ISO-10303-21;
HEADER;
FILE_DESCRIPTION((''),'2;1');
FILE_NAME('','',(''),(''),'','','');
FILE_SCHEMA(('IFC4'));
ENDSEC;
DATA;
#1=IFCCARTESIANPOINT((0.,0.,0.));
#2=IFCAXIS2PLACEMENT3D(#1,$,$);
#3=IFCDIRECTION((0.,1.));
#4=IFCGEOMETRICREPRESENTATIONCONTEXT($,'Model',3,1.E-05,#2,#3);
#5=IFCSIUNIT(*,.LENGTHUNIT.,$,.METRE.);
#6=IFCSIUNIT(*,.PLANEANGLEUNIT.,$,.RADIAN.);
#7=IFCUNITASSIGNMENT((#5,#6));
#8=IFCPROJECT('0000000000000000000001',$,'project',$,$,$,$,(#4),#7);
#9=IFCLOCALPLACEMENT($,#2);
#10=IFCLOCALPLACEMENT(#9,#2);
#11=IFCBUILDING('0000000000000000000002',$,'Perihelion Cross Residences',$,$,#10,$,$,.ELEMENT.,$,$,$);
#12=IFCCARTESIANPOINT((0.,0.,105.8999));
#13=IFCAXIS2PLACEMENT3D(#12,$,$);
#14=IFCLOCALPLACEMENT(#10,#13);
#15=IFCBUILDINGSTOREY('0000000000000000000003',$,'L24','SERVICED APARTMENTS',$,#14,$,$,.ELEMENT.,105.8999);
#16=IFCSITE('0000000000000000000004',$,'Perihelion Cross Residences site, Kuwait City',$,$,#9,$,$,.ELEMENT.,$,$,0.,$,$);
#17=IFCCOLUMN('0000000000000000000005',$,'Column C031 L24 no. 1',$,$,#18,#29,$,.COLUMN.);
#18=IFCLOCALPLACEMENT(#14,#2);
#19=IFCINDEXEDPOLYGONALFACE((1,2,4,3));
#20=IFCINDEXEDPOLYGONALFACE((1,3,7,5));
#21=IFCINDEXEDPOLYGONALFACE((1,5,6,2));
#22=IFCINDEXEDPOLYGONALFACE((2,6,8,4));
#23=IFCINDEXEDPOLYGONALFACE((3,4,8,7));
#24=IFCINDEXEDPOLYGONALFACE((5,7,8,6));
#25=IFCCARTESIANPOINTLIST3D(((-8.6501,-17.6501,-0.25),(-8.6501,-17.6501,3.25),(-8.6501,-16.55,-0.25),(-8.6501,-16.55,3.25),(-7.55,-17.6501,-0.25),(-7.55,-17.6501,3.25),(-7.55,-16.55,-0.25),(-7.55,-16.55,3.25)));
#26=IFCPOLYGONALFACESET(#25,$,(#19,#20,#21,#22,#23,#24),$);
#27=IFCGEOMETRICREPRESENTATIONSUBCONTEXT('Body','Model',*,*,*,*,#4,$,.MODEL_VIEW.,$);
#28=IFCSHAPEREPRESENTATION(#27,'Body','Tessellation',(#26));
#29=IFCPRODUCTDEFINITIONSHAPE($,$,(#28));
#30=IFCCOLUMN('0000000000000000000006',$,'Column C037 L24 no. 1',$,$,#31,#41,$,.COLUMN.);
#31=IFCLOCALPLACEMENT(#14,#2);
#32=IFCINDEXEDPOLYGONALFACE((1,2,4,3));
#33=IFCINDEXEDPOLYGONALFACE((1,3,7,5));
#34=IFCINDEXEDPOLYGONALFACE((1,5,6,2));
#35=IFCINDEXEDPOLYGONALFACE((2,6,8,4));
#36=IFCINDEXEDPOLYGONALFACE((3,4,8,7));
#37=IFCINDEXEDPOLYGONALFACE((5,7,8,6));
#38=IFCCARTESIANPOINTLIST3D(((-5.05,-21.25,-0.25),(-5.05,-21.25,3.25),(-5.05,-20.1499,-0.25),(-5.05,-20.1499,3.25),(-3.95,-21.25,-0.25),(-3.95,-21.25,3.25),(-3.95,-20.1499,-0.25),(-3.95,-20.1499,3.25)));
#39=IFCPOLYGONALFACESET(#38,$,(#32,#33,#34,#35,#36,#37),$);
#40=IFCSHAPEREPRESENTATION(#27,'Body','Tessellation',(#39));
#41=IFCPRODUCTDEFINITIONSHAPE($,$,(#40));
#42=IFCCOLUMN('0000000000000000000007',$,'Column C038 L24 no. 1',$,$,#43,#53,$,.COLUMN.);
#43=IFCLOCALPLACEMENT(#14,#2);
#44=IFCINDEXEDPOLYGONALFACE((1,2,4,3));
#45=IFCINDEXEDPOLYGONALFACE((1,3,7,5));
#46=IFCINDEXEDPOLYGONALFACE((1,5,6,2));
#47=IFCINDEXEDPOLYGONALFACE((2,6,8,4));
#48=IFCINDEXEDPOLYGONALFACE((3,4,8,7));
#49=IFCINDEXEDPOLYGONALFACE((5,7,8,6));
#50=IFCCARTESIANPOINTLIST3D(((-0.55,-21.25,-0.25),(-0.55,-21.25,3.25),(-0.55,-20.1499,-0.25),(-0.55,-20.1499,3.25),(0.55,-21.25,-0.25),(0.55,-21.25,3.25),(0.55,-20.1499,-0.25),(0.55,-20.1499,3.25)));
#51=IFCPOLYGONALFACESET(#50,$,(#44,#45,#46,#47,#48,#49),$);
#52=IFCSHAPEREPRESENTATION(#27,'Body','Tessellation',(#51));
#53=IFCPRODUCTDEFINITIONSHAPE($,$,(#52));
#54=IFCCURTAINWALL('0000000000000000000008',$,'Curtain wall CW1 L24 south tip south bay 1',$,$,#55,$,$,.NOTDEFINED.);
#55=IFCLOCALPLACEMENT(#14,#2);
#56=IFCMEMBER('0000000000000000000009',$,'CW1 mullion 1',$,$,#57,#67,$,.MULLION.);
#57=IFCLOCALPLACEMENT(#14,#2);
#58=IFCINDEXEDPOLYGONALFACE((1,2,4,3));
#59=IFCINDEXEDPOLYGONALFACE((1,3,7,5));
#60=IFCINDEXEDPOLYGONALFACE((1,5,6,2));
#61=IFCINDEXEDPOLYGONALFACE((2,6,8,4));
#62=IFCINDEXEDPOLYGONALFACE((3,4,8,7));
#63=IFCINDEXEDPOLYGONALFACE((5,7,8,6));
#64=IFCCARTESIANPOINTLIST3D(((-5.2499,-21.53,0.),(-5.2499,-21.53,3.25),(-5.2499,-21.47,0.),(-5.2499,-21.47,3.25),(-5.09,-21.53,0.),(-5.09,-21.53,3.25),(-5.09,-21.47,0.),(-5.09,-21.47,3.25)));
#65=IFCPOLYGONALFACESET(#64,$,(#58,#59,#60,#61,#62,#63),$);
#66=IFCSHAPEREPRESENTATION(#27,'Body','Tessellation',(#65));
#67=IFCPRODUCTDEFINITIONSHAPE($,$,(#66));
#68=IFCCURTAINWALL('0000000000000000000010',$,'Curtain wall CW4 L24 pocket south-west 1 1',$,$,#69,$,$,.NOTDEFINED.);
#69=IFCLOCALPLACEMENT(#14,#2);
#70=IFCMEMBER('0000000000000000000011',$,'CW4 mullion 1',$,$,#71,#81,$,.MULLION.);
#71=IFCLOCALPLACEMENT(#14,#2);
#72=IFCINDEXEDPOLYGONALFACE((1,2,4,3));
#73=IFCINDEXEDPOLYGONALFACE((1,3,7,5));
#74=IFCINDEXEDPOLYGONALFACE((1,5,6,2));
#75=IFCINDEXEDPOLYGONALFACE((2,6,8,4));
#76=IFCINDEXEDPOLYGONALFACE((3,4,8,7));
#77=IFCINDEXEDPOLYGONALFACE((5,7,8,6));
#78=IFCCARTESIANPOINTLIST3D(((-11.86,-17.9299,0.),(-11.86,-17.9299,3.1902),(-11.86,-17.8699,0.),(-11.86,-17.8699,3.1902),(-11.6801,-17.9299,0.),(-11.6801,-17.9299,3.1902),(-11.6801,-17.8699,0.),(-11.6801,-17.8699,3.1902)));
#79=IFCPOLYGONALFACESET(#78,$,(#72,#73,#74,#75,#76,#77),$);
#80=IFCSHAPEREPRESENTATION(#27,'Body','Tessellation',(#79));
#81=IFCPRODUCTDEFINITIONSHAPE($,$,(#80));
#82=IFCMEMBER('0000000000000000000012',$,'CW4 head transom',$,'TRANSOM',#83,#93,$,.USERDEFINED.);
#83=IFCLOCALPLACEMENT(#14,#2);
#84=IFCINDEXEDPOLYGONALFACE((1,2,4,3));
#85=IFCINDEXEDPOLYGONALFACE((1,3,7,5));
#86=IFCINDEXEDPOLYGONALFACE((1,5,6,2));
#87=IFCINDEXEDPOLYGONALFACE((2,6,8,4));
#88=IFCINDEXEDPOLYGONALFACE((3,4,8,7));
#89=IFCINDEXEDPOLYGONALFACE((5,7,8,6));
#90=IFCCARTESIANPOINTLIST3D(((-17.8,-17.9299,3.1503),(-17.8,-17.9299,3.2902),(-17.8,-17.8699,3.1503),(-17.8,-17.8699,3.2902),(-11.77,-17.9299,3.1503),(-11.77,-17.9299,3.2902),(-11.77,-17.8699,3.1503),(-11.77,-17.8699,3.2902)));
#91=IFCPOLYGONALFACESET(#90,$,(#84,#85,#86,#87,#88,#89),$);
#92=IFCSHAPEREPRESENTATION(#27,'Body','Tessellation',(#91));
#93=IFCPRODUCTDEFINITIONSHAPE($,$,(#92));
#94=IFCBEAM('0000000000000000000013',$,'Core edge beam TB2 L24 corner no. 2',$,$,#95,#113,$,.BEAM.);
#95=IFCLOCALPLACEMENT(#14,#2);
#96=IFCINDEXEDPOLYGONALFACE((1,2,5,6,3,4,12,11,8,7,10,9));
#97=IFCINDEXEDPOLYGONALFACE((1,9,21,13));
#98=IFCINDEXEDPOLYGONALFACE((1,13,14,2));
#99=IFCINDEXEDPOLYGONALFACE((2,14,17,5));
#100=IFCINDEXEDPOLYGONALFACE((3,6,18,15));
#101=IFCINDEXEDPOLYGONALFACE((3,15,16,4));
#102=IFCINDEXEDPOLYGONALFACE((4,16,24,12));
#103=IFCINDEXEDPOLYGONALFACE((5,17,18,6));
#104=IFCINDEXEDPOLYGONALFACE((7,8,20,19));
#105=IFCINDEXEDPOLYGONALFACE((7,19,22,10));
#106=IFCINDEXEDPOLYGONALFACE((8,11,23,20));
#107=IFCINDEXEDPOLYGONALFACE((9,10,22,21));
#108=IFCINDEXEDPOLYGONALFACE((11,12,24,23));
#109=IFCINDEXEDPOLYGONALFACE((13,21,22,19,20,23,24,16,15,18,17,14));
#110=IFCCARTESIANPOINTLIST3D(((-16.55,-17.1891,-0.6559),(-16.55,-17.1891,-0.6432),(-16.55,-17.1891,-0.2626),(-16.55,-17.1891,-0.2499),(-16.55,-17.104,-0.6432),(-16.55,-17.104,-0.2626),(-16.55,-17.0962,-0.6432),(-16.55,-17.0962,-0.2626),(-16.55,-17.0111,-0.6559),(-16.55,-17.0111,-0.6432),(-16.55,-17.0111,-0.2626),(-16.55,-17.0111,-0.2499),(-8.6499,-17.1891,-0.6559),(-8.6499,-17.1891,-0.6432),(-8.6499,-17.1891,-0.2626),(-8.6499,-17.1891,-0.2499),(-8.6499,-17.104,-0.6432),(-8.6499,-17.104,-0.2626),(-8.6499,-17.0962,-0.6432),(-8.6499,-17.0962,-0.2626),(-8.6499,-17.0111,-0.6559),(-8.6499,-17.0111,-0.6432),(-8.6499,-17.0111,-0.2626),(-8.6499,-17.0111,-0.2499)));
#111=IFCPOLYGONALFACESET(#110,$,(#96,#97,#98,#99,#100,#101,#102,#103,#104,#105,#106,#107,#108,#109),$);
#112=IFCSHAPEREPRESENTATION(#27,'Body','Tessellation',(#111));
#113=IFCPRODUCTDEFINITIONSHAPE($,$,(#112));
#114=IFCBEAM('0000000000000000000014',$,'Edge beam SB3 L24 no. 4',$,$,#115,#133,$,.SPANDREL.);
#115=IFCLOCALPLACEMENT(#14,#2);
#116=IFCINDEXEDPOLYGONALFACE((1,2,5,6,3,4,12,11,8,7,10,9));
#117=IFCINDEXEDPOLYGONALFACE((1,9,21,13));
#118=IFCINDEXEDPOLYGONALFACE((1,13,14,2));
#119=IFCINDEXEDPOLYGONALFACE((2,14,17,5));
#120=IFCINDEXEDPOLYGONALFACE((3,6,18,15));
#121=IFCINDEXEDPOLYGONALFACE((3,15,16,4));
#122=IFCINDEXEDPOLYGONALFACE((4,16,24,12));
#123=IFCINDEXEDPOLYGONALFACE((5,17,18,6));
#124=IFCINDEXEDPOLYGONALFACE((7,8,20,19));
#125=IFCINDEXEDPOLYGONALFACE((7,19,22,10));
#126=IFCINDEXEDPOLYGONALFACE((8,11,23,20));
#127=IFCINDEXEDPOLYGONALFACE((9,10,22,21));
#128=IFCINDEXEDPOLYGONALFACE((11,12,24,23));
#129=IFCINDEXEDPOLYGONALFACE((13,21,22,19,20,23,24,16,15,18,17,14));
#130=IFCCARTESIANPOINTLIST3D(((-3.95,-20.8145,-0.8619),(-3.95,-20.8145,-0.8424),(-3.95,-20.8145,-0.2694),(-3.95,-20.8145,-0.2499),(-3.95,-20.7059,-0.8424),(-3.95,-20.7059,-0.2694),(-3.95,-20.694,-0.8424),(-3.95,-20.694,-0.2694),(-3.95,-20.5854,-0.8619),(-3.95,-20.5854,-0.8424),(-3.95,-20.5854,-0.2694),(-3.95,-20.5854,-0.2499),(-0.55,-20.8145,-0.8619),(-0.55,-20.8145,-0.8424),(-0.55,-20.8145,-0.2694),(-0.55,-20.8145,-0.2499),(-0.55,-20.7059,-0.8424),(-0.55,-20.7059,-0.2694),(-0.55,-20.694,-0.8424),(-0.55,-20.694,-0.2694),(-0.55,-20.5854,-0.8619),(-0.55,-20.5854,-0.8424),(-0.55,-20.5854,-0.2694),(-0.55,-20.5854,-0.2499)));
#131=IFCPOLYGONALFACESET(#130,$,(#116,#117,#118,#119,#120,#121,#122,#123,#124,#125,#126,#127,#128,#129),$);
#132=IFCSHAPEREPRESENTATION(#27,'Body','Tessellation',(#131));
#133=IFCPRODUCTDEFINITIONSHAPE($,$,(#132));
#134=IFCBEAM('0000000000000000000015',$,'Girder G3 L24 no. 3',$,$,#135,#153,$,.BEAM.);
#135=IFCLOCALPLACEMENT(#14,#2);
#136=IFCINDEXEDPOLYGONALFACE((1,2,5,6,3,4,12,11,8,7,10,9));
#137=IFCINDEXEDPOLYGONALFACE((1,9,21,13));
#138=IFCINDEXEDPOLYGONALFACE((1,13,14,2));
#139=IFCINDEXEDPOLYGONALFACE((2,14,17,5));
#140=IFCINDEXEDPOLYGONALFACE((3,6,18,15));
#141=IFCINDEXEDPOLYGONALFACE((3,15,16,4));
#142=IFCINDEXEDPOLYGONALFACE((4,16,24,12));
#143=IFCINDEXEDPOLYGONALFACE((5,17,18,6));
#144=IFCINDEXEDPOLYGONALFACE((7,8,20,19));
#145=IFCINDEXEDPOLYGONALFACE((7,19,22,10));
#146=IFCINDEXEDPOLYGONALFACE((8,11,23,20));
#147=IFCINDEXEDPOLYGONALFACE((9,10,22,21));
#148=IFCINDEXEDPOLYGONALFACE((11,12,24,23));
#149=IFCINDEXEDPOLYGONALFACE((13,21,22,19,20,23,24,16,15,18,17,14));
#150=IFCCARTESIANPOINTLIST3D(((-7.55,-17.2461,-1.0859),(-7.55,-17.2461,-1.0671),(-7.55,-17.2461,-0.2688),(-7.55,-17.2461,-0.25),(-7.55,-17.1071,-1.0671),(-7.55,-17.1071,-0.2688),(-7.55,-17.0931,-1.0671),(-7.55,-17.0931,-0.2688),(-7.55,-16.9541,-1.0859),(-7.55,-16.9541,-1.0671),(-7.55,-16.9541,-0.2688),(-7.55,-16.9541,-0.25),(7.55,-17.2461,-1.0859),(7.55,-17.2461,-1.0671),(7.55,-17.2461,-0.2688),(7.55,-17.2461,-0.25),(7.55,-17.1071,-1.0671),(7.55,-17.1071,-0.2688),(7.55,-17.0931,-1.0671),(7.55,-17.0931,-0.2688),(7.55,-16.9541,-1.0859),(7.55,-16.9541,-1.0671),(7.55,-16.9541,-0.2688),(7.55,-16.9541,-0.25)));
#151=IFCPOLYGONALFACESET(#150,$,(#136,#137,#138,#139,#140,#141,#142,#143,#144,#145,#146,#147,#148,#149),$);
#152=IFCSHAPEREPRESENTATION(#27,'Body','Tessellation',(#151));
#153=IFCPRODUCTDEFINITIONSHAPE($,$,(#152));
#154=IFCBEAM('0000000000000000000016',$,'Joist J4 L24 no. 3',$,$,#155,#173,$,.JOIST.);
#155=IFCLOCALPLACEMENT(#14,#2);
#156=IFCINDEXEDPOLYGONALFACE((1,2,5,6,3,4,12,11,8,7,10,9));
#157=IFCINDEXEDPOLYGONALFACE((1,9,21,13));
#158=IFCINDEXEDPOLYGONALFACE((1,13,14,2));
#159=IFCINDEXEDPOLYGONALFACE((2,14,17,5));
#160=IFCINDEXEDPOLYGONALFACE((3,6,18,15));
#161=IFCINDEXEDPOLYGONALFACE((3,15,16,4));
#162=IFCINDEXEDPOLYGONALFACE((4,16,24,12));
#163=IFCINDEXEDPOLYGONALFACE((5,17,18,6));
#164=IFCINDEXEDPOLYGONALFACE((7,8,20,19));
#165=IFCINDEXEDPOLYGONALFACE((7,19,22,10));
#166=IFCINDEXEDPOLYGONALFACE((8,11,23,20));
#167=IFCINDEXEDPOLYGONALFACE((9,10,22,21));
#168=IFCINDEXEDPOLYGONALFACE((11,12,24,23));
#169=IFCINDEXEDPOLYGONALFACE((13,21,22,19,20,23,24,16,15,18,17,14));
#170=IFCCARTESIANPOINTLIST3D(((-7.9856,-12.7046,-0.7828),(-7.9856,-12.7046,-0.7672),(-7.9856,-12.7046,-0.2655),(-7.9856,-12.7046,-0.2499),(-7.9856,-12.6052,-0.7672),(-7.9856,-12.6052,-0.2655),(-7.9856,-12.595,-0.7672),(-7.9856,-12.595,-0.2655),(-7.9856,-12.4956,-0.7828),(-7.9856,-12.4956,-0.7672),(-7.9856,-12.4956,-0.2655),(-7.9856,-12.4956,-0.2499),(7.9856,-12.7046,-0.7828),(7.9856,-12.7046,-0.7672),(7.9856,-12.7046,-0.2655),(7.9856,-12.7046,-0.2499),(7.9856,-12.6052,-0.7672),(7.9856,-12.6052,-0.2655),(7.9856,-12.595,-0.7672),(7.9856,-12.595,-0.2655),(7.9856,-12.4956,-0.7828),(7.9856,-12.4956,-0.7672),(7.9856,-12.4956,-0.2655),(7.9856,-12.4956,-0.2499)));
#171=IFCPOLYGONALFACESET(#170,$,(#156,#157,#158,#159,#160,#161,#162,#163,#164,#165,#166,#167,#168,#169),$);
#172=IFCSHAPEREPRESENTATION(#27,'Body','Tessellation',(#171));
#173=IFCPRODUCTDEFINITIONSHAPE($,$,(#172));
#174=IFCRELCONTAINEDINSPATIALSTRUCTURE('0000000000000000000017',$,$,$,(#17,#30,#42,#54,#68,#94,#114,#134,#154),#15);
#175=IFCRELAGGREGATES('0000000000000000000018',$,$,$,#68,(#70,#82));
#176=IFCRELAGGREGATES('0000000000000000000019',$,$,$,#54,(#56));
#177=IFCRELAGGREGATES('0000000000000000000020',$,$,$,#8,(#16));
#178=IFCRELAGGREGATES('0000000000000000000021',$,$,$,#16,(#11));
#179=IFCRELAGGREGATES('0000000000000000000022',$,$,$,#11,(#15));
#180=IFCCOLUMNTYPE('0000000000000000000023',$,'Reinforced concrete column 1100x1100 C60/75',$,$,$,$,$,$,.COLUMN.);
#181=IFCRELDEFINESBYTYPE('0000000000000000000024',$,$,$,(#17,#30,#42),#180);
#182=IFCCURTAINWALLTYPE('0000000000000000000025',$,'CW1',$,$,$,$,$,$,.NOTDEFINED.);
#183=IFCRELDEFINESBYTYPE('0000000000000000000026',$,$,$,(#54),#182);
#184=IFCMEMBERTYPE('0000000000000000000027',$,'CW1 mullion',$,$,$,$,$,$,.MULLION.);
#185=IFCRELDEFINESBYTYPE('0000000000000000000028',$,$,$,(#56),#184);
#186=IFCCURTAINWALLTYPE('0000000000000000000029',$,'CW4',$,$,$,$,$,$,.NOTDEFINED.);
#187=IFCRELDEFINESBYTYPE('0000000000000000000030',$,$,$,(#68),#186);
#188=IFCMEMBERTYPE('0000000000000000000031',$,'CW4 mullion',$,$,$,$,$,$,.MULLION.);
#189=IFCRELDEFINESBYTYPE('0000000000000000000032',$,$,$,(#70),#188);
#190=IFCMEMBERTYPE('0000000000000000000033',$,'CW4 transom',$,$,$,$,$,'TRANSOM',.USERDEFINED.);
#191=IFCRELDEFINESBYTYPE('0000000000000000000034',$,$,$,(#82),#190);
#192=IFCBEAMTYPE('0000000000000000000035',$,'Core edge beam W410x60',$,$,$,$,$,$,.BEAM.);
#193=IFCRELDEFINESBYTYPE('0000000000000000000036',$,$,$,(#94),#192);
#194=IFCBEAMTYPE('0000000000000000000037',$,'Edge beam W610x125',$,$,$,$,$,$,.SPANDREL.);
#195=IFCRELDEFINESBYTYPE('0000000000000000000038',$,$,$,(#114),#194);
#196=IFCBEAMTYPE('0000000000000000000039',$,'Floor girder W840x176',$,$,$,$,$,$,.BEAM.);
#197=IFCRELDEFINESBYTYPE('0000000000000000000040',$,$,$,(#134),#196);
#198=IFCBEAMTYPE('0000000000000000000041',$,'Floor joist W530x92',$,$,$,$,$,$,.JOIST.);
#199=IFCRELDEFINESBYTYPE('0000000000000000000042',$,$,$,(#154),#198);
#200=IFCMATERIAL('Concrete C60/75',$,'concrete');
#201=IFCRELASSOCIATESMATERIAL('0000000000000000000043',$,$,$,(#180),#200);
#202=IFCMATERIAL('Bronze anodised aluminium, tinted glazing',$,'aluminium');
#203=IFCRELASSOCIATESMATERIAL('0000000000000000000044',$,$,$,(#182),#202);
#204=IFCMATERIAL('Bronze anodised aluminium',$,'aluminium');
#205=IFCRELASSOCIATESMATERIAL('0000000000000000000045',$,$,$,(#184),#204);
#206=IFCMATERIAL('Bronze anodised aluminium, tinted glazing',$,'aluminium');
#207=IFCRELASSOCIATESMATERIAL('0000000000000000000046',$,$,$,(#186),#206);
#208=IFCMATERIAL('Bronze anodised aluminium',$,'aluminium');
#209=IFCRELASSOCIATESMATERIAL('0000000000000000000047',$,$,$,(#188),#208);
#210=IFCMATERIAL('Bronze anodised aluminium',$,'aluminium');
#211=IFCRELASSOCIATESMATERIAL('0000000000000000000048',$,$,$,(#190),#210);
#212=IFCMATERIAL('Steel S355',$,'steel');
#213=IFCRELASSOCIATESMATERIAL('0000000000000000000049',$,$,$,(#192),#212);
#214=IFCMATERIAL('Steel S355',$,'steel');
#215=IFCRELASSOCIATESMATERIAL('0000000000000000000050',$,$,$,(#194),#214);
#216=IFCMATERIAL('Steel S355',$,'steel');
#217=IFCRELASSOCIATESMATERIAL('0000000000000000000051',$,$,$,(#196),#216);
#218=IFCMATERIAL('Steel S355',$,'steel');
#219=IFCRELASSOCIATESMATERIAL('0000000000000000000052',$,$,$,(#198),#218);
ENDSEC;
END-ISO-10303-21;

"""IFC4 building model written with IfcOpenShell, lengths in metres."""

from ifc_helpers import new_model, si_unit, direction, frame, origin, origin_2d, place, context, subcontext, project, spatial, rectangle, i_section, extrude, material, material_profile, profile_set, type_object, element, aggregate, save


model = new_model("IFC4")

# Units and contexts
model_context = context("Model", 3, precision=1e-05, world=origin(), true_north=direction((0.0, 1.0)))
body_context = subcontext(model_context, "Body", "Model", "MODEL_VIEW")
ifc_project = project(units=[si_unit("LENGTHUNIT", "METRE"), si_unit("PLANEANGLEUNIT", "RADIAN")], contexts=[model_context])

# Site, building, storey
site_placement = place(None, origin())
site = spatial("IfcSite", under=ifc_project, at=site_placement, Name="Perihelion Cross Residences site, Kuwait City", CompositionType="ELEMENT", RefElevation=0.0)
building_placement = place(site_placement, origin())
building = spatial("IfcBuilding", under=site, at=building_placement, Name="Perihelion Cross Residences", CompositionType="ELEMENT")
storey_placement = place(building_placement, frame((0.0, 0.0, 105.8999)))
storey = spatial("IfcBuildingStorey", under=building, at=storey_placement, Name="L24", Description="SERVICED APARTMENTS", CompositionType="ELEMENT", Elevation=105.8999)

# Columns
ifc_material_1 = material(Name="Concrete C60/75", Category="concrete")
ifc_material_profile_1 = material_profile(ifc_material_1, rectangle(XDim=1.1001, YDim=1.1001, at=origin_2d()), Name="RC 1100x1100")
ifc_profile_set_1 = profile_set([ifc_material_profile_1], Name="Concrete C60/75")
column_type = type_object("IfcColumnType", Name="Reinforced concrete column 1100x1100 C60/75", PredefinedType="COLUMN", material=ifc_profile_set_1)
for number, where, z_axis, x_axis, name in (
    (1, (-8.1001, -17.1001, -0.25), (0.0, 0.0, 1.0), (1.0, 0.0, 0.0), "Column C031 L24 no. 1"),
    (2, (-4.5, -20.7, -0.25), (0.0, 0.0, 1.0), (1.0, 0.0, 0.0), "Column C037 L24 no. 1"),
    (3, (0.0, -20.7, -0.25), (0.0, 0.0, 1.0), (1.0, 0.0, 0.0), "Column C038 L24 no. 1"),
):
    element("IfcColumn", number, at=place(storey_placement, frame(where, z_axis=z_axis, x_axis=x_axis)), inside=storey, type_object=column_type, Name=name, PredefinedType="COLUMN", context=body_context, shape_type="SweptSolid", body=[
        extrude(rectangle(XDim=1.1001, YDim=1.1001, at=origin_2d()), origin(), (0.0, 0.0, 1.0), 3.5),
    ])

# Curtain wall, member
ifc_material_2 = material(Name="Bronze anodised aluminium, tinted glazing", Category="aluminium")
curtain_wall_type_1 = type_object("IfcCurtainWallType", Name="CW1", PredefinedType="NOTDEFINED", material=ifc_material_2)
curtain_wall_1_placement = place(storey_placement, origin())
curtain_wall_1 = element("IfcCurtainWall", 4, at=curtain_wall_1_placement, inside=storey, type_object=curtain_wall_type_1, Name="Curtain wall CW1 L24 south tip south bay 1", PredefinedType="NOTDEFINED")
ifc_material_3 = material(Name="Bronze anodised aluminium", Category="aluminium")
ifc_material_profile_2 = material_profile(ifc_material_3, rectangle(XDim=0.0601, YDim=0.1599, at=origin_2d()), Name="CW1 mullion")
ifc_profile_set_2 = profile_set([ifc_material_profile_2], Name="Bronze anodised aluminium")
member_type_1 = type_object("IfcMemberType", Name="CW1 mullion", PredefinedType="MULLION", material=ifc_profile_set_2)
member_1_placement = place(storey_placement, frame((-5.1699, -21.5, 0.0), z_axis=(0.0, 0.0, 1.0), x_axis=(0.0, 1.0, 0.0)))
member_1 = element("IfcMember", 5, at=member_1_placement, type_object=member_type_1, Name="CW1 mullion 1", PredefinedType="MULLION", context=body_context, shape_type="SweptSolid", body=[
    extrude(rectangle(XDim=0.0601, YDim=0.1599, at=origin_2d()), origin(), (0.0, 0.0, 1.0), 3.25),
])

# Curtain wall, members
ifc_material_4 = material(Name="Bronze anodised aluminium, tinted glazing", Category="aluminium")
curtain_wall_type_2 = type_object("IfcCurtainWallType", Name="CW4", PredefinedType="NOTDEFINED", material=ifc_material_4)
curtain_wall_2_placement = place(storey_placement, origin())
curtain_wall_2 = element("IfcCurtainWall", 6, at=curtain_wall_2_placement, inside=storey, type_object=curtain_wall_type_2, Name="Curtain wall CW4 L24 pocket south-west 1 1", PredefinedType="NOTDEFINED")
ifc_material_5 = material(Name="Bronze anodised aluminium", Category="aluminium")
ifc_material_profile_3 = material_profile(ifc_material_5, rectangle(XDim=0.0601, YDim=0.1799, at=origin_2d()), Name="CW4 mullion")
ifc_profile_set_3 = profile_set([ifc_material_profile_3], Name="Bronze anodised aluminium")
member_type_2 = type_object("IfcMemberType", Name="CW4 mullion", PredefinedType="MULLION", material=ifc_profile_set_3)
member_2_placement = place(storey_placement, frame((-11.77, -17.8999, 0.0), z_axis=(0.0, 0.0, 1.0), x_axis=(0.0, -1.0, 0.0)))
member_2 = element("IfcMember", 7, at=member_2_placement, type_object=member_type_2, Name="CW4 mullion 1", PredefinedType="MULLION", context=body_context, shape_type="SweptSolid", body=[
    extrude(rectangle(XDim=0.0601, YDim=0.1799, at=origin_2d()), origin(), (0.0, 0.0, 1.0), 3.1902),
])
ifc_material_6 = material(Name="Bronze anodised aluminium", Category="aluminium")
ifc_material_profile_4 = material_profile(ifc_material_6, rectangle(XDim=0.0601, YDim=0.1399, at=origin_2d()), Name="CW4 transom")
ifc_profile_set_4 = profile_set([ifc_material_profile_4], Name="Bronze anodised aluminium")
member_type_3 = type_object("IfcMemberType", Name="CW4 transom", ElementType="TRANSOM", PredefinedType="USERDEFINED", material=ifc_profile_set_4)
member_3_placement = place(storey_placement, frame((-11.77, -17.8999, 3.2202), z_axis=(-1.0, 0.0, 0.0), x_axis=(0.0, -1.0, 0.0)))
member_3 = element("IfcMember", 8, at=member_3_placement, type_object=member_type_3, Name="CW4 head transom", ObjectType="TRANSOM", PredefinedType="USERDEFINED", context=body_context, shape_type="SweptSolid", body=[
    extrude(rectangle(XDim=0.0601, YDim=0.1399, at=origin_2d()), origin(), (0.0, 0.0, 1.0), 6.03),
])
aggregate(curtain_wall_2, [member_2, member_3])

# Beams
ifc_material_7 = material(Name="Steel S355", Category="steel")
ifc_material_profile_5 = material_profile(ifc_material_7, i_section(OverallWidth=0.178, OverallDepth=0.406, WebThickness=0.0078, FlangeThickness=0.0127, at=origin_2d()), Name="W410x60")
ifc_profile_set_5 = profile_set([ifc_material_profile_5], Name="Steel S355")
beam_type_1 = type_object("IfcBeamType", Name="Core edge beam W410x60", PredefinedType="BEAM", material=ifc_profile_set_5)
beam_1_placement = place(storey_placement, frame((-8.6499, -17.1001, -0.4529), z_axis=(-1.0, 0.0, 0.0), x_axis=(0.0, -1.0, 0.0)))
element("IfcBeam", 9, at=beam_1_placement, inside=storey, type_object=beam_type_1, Name="Core edge beam TB2 L24 corner no. 2", PredefinedType="BEAM", context=body_context, shape_type="SweptSolid", body=[
    extrude(i_section(OverallWidth=0.178, OverallDepth=0.406, WebThickness=0.0078, FlangeThickness=0.0127, at=origin_2d()), origin(), (0.0, 0.0, 1.0), 7.9001),
])
ifc_material_8 = material(Name="Steel S355", Category="steel")
ifc_material_profile_6 = material_profile(ifc_material_8, i_section(OverallWidth=0.229, OverallDepth=0.6121, WebThickness=0.012, FlangeThickness=0.0195, at=origin_2d()), Name="W610x125")
ifc_profile_set_6 = profile_set([ifc_material_profile_6], Name="Steel S355")
beam_type_2 = type_object("IfcBeamType", Name="Edge beam W610x125", PredefinedType="SPANDREL", material=ifc_profile_set_6)
beam_2_placement = place(storey_placement, frame((-3.95, -20.7, -0.5559), z_axis=(1.0, 0.0, 0.0), x_axis=(0.0, 1.0, 0.0)))
element("IfcBeam", 10, at=beam_2_placement, inside=storey, type_object=beam_type_2, Name="Edge beam SB3 L24 no. 4", PredefinedType="SPANDREL", context=body_context, shape_type="SweptSolid", body=[
    extrude(i_section(OverallWidth=0.229, OverallDepth=0.6121, WebThickness=0.012, FlangeThickness=0.0195, at=origin_2d()), origin(), (0.0, 0.0, 1.0), 3.3999),
])
ifc_material_9 = material(Name="Steel S355", Category="steel")
ifc_material_profile_7 = material_profile(ifc_material_9, i_section(OverallWidth=0.292, OverallDepth=0.8359, WebThickness=0.0139, FlangeThickness=0.0188, at=origin_2d()), Name="W840x176")
ifc_profile_set_7 = profile_set([ifc_material_profile_7], Name="Steel S355")
beam_type_3 = type_object("IfcBeamType", Name="Floor girder W840x176", PredefinedType="BEAM", material=ifc_profile_set_7)
beam_3_placement = place(storey_placement, frame((-7.55, -17.1001, -0.668), z_axis=(1.0, 0.0, 0.0), x_axis=(0.0, 1.0, 0.0)))
element("IfcBeam", 11, at=beam_3_placement, inside=storey, type_object=beam_type_3, Name="Girder G3 L24 no. 3", PredefinedType="BEAM", context=body_context, shape_type="SweptSolid", body=[
    extrude(i_section(OverallWidth=0.292, OverallDepth=0.8359, WebThickness=0.0139, FlangeThickness=0.0188, at=origin_2d()), origin(), (0.0, 0.0, 1.0), 15.1001),
])
ifc_material_10 = material(Name="Steel S355", Category="steel")
ifc_material_profile_8 = material_profile(ifc_material_10, i_section(OverallWidth=0.209, OverallDepth=0.533, WebThickness=0.0103, FlangeThickness=0.0156, at=origin_2d()), Name="W530x92")
ifc_profile_set_8 = profile_set([ifc_material_profile_8], Name="Steel S355")
beam_type_4 = type_object("IfcBeamType", Name="Floor joist W530x92", PredefinedType="JOIST", material=ifc_profile_set_8)
beam_4_placement = place(storey_placement, frame((-7.9856, -12.6001, -0.5164), z_axis=(1.0, 0.0, 0.0), x_axis=(0.0, 1.0, 0.0)))
element("IfcBeam", 12, at=beam_4_placement, inside=storey, type_object=beam_type_4, Name="Joist J4 L24 no. 3", PredefinedType="JOIST", context=body_context, shape_type="SweptSolid", body=[
    extrude(i_section(OverallWidth=0.209, OverallDepth=0.533, WebThickness=0.0103, FlangeThickness=0.0156, at=origin_2d()), origin(), (0.0, 0.0, 1.0), 15.9712),
])

aggregate(curtain_wall_1, [member_1])

save(model, "model.ifc")
